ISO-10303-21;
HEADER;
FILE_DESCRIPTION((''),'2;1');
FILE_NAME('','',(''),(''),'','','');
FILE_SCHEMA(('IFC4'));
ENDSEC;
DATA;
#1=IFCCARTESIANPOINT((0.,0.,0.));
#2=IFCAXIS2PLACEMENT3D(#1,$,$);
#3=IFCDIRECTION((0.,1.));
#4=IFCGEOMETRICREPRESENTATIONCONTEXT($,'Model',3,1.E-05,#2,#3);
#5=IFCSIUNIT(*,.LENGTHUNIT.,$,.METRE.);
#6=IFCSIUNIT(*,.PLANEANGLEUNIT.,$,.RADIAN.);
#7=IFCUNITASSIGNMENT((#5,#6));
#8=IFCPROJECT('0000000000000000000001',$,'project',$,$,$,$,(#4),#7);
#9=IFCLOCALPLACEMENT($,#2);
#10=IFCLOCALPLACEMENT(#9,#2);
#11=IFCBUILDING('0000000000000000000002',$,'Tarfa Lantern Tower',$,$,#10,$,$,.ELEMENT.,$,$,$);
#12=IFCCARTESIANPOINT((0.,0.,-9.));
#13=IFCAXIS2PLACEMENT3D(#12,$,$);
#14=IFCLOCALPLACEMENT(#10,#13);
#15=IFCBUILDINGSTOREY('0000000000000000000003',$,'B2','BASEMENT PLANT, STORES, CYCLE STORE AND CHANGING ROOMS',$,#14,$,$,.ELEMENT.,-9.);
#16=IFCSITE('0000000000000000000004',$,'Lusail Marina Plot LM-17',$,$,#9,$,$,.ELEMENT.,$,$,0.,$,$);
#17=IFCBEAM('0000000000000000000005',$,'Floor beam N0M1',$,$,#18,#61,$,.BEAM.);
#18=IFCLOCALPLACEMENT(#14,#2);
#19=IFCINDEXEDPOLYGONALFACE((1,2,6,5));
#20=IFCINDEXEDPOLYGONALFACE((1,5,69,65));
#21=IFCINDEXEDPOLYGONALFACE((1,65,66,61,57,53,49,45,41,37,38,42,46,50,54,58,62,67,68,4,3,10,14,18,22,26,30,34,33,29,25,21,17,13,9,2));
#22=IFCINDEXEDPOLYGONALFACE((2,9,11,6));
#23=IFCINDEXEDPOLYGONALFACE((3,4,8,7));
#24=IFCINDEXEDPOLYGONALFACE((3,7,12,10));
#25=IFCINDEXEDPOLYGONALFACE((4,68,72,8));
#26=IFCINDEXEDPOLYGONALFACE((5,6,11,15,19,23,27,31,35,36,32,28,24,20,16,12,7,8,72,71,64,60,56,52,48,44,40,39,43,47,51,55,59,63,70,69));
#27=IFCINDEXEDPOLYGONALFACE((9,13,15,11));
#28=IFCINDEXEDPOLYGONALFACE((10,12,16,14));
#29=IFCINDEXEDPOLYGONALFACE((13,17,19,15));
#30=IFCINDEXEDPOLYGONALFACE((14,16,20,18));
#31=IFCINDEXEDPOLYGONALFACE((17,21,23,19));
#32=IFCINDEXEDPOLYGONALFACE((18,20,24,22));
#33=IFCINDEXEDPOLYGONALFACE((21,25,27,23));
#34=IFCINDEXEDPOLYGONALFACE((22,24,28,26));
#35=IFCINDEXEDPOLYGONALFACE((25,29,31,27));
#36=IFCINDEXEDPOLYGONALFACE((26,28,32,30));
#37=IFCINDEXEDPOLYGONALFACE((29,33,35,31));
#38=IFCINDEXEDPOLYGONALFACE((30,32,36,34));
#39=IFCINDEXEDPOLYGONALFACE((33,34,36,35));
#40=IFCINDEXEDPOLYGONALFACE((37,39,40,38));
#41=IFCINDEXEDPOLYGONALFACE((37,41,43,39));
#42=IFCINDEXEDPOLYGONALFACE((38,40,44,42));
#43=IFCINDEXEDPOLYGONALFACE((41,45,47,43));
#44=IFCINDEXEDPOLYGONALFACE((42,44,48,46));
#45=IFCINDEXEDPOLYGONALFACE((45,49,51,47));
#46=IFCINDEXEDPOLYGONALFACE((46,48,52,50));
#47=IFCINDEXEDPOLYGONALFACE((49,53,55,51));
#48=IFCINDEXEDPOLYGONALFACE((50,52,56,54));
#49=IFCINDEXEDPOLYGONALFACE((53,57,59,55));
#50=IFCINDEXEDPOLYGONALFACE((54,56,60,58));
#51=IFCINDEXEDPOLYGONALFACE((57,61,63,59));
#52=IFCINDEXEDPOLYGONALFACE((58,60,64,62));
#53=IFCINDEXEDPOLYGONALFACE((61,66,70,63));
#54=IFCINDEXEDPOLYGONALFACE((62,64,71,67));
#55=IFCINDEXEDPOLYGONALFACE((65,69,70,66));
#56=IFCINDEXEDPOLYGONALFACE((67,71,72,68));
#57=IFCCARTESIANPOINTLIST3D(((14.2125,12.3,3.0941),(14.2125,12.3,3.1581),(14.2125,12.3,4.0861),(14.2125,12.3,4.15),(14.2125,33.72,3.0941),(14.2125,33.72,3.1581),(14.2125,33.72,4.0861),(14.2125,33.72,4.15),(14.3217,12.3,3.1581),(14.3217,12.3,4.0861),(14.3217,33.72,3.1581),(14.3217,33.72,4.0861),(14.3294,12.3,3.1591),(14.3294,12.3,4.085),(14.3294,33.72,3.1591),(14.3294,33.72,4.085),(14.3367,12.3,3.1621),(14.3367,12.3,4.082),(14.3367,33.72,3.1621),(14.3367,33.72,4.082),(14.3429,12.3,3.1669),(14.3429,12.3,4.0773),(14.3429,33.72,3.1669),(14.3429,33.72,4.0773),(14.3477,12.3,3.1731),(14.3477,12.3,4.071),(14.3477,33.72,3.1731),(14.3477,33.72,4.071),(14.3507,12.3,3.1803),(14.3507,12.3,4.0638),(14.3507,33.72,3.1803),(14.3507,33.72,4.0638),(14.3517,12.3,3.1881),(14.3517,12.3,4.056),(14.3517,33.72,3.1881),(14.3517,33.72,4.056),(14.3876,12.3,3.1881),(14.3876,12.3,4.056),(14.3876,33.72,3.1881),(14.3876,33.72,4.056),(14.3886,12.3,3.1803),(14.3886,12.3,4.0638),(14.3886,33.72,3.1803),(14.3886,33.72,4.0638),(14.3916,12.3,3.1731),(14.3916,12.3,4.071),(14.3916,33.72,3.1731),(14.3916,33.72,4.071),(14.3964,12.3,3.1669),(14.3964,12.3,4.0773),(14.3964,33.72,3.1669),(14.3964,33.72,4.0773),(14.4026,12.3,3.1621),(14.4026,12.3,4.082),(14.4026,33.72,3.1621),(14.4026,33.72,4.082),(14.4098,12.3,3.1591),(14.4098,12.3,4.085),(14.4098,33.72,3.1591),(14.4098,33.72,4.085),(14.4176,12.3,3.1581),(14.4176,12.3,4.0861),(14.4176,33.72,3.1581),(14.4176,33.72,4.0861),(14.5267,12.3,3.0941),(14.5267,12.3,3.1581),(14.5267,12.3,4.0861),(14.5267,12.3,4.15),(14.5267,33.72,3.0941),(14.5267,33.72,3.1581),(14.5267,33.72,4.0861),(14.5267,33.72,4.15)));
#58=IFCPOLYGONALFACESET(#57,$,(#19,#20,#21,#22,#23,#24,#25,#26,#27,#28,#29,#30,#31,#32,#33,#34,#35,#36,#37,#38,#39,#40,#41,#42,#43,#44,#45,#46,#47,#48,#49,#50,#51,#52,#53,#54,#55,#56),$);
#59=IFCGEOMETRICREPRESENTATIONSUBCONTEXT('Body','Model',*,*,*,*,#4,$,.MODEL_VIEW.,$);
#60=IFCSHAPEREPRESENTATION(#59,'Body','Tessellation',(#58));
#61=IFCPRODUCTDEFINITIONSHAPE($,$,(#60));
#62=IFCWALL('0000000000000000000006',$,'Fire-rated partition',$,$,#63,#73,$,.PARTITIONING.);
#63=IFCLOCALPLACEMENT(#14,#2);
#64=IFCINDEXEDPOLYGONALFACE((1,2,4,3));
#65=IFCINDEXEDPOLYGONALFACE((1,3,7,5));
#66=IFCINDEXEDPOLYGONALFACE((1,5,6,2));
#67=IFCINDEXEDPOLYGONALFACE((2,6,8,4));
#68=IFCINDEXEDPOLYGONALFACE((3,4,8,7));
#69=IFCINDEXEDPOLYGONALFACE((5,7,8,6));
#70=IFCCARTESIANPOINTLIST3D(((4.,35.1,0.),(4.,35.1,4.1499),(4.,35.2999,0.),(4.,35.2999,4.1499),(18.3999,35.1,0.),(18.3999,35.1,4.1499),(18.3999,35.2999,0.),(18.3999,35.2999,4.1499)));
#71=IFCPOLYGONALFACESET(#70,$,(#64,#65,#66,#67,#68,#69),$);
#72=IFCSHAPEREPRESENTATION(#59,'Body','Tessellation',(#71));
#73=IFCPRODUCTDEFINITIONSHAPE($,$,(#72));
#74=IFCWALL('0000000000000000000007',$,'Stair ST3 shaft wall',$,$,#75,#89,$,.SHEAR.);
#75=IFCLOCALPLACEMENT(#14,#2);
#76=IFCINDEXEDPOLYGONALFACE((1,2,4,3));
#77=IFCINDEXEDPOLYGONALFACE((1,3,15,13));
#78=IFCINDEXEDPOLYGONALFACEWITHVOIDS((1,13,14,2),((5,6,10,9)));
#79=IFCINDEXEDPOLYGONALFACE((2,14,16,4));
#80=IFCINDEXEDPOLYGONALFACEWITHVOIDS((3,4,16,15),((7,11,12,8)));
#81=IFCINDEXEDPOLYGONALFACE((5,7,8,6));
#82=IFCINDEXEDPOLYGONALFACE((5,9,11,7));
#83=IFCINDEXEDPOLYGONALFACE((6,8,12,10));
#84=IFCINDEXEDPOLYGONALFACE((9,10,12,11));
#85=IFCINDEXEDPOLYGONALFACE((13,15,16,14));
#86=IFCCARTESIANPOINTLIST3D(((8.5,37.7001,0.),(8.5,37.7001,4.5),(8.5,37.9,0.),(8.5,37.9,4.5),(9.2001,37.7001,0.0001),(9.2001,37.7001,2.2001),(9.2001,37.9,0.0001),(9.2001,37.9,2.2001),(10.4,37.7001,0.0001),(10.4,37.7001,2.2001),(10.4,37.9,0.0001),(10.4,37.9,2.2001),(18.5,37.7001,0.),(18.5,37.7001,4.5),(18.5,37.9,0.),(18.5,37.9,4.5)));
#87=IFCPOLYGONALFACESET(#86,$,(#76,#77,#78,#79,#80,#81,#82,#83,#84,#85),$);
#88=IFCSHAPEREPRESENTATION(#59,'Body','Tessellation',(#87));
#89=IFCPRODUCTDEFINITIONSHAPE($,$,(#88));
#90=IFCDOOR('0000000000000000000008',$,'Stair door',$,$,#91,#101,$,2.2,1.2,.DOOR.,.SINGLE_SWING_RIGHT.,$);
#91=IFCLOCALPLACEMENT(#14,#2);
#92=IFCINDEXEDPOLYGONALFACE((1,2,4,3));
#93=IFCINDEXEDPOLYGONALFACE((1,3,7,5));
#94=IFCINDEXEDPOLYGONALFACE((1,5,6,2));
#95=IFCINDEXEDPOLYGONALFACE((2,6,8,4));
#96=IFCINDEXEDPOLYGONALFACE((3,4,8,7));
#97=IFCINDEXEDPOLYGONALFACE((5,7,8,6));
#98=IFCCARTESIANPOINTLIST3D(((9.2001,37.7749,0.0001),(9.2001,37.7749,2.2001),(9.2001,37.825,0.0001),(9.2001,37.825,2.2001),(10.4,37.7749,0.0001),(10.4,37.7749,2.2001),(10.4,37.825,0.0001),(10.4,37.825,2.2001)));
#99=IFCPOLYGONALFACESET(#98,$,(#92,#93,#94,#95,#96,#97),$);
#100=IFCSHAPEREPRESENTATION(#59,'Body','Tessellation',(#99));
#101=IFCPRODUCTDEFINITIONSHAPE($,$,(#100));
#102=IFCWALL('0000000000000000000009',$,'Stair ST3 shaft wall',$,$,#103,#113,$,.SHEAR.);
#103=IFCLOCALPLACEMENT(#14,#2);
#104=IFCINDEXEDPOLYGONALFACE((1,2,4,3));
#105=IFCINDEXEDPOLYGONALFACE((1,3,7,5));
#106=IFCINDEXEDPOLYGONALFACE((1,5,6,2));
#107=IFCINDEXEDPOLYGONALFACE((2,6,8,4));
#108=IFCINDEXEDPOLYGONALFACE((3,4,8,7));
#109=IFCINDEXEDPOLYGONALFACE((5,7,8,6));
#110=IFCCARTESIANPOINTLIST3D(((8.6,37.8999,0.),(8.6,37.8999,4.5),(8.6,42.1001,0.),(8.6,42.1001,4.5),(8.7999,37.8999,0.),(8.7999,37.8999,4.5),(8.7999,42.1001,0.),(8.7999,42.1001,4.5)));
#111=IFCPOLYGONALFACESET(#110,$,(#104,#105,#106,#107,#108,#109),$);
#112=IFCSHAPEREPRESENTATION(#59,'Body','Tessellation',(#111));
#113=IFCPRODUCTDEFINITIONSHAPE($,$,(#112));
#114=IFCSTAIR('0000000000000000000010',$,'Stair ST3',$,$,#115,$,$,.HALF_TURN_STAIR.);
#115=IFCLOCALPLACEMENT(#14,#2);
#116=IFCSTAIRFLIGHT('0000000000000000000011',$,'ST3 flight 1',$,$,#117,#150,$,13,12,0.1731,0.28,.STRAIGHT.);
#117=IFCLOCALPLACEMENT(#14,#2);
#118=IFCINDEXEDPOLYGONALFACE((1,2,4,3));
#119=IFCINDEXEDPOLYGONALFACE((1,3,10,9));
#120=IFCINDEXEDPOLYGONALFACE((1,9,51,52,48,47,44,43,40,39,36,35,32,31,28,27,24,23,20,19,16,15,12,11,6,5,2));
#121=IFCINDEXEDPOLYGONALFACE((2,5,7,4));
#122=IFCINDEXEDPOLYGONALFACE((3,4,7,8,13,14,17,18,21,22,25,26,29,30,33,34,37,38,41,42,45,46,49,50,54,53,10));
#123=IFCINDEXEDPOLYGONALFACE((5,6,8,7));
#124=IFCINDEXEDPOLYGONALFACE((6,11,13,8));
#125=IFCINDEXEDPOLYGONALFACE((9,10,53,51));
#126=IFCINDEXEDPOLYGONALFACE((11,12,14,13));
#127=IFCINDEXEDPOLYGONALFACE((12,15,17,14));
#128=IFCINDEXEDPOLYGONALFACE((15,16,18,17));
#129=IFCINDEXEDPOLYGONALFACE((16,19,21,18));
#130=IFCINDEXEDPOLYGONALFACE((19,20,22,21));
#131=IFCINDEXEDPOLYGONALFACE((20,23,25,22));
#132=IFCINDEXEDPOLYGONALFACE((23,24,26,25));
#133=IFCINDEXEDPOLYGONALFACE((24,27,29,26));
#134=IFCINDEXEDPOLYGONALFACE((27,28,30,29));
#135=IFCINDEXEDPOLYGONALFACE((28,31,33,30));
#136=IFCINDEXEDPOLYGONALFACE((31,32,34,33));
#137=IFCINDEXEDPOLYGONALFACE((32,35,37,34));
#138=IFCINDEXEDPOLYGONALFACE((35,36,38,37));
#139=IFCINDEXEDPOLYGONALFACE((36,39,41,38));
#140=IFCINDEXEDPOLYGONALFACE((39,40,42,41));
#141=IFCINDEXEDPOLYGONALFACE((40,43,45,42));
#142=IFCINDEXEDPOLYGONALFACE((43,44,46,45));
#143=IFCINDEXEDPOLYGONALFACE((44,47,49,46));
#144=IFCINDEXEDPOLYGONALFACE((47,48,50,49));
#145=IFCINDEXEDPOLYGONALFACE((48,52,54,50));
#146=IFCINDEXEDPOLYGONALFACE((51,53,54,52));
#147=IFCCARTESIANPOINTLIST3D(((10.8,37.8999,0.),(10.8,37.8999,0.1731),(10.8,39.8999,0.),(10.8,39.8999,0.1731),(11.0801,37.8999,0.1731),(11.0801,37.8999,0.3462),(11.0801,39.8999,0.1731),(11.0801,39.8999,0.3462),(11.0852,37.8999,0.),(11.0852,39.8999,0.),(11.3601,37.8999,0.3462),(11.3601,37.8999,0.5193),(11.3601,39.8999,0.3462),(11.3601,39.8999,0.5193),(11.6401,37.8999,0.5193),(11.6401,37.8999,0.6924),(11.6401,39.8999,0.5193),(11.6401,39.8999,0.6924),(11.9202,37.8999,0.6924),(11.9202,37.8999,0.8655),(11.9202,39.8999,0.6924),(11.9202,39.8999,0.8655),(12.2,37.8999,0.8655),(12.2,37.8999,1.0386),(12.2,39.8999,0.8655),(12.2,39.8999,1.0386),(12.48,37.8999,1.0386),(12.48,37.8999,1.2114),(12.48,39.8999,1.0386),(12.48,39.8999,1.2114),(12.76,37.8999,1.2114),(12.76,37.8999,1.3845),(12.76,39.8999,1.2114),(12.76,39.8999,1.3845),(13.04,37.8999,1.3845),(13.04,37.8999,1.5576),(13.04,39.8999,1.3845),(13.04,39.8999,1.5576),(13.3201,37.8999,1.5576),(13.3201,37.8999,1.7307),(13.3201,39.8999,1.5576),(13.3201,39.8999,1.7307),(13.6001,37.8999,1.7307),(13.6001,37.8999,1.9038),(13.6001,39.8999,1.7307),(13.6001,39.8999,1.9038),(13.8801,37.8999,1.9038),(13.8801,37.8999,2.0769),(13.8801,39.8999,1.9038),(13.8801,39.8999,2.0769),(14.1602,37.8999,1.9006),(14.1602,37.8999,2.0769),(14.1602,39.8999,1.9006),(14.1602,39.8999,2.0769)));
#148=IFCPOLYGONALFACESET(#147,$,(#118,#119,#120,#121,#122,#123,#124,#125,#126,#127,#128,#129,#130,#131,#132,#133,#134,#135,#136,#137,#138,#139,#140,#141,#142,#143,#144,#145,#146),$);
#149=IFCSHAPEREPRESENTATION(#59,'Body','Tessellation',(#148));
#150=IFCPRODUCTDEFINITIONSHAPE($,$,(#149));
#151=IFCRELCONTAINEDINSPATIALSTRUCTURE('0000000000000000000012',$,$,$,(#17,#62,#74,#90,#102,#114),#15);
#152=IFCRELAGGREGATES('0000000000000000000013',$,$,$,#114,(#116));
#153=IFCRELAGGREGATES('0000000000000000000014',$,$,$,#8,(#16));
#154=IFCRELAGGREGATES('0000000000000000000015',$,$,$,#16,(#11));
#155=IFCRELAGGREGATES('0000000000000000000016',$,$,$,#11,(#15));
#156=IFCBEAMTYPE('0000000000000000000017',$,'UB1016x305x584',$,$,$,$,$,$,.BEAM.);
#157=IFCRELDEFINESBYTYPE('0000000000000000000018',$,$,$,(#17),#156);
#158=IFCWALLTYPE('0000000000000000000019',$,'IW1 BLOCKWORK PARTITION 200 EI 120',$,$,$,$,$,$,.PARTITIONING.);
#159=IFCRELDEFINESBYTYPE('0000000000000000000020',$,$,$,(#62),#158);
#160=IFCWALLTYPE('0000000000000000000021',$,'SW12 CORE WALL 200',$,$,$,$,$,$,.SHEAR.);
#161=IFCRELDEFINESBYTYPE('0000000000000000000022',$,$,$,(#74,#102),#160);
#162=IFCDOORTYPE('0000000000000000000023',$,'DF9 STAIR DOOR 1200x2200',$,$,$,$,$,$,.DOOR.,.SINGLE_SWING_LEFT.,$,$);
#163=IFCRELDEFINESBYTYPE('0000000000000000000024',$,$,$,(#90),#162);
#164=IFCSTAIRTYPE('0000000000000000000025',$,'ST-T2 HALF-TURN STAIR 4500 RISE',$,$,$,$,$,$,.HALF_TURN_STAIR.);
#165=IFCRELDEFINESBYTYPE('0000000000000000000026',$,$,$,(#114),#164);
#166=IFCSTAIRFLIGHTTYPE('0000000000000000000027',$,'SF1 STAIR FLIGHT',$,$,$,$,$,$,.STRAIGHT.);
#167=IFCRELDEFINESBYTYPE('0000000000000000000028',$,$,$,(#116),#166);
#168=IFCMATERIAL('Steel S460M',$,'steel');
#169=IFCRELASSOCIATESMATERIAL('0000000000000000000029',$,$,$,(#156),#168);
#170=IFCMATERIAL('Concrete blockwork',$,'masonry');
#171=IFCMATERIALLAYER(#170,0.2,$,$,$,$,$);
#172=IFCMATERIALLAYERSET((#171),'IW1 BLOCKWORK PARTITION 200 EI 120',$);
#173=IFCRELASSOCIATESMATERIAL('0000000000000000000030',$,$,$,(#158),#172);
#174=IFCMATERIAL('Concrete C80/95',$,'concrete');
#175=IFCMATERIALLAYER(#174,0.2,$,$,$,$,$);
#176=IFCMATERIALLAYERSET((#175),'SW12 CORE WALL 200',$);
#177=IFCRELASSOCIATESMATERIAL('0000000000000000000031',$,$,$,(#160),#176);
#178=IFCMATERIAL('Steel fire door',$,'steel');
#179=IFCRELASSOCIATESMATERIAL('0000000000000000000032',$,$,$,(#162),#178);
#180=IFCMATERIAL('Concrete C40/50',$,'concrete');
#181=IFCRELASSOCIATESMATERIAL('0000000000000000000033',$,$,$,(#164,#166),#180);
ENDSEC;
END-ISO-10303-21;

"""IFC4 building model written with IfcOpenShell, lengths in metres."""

from ifc_helpers import new_model, si_unit, direction, frame, frame_2d, origin, origin_2d, place, context, subcontext, project, spatial, polyline, rectangle, i_section, outline, extrude, material, layer, layer_set, material_profile, profile_set, type_object, element, fill, aggregate, save


model = new_model("IFC4")

# Units and contexts
model_context = context("Model", 3, precision=1e-05, world=origin(), true_north=direction((0.0, 1.0)))
body_context = subcontext(model_context, "Body", "Model", "MODEL_VIEW")
ifc_project = project(units=[si_unit("LENGTHUNIT", "METRE"), si_unit("PLANEANGLEUNIT", "RADIAN")], contexts=[model_context])

# Site, building, storey
site_placement = place(None, origin())
site = spatial("IfcSite", under=ifc_project, at=site_placement, Name="Lusail Marina Plot LM-17", CompositionType="ELEMENT", RefElevation=0.0)
building_placement = place(site_placement, origin())
building = spatial("IfcBuilding", under=site, at=building_placement, Name="Tarfa Lantern Tower", CompositionType="ELEMENT")
storey_placement = place(building_placement, frame((0.0, 0.0, -9.0)))
storey = spatial("IfcBuildingStorey", under=building, at=storey_placement, Name="B2", Description="BASEMENT PLANT, STORES, CYCLE STORE AND CHANGING ROOMS", CompositionType="ELEMENT", Elevation=-9.0)

# Shared definitions
ifc_material_1 = material(Name="Concrete C40/50", Category="concrete")

# Shared definitions
ifc_material_2 = material(Name="Concrete C80/95", Category="concrete")

# Beam
ifc_material_3 = material(Name="Steel S460M", Category="steel")
ifc_material_profile_1 = material_profile(ifc_material_3, i_section(OverallWidth=0.3142, OverallDepth=1.0559, WebThickness=0.0359, FlangeThickness=0.064, FilletRadius=0.03, at=origin_2d()), Name="UB1016x305x584")
ifc_profile_set_1 = profile_set([ifc_material_profile_1], Name="Steel S460M")
beam_type_1 = type_object("IfcBeamType", Name="UB1016x305x584", PredefinedType="BEAM", material=ifc_profile_set_1)
for number, where, z_axis, x_axis, name in (
    (1, (14.3696, 33.72, 3.6221), (0.0, -1.0, 0.0), (1.0, 0.0, 0.0), "Floor beam N0M1"),
):
    element("IfcBeam", number, at=place(storey_placement, frame(where, z_axis=z_axis, x_axis=x_axis)), inside=storey, type_object=beam_type_1, Name=name, PredefinedType="BEAM", context=body_context, shape_type="SweptSolid", body=[
        extrude(i_section(OverallWidth=0.3142, OverallDepth=1.0559, WebThickness=0.0359, FlangeThickness=0.064, FilletRadius=0.03, at=origin_2d()), origin(), (0.0, 0.0, 1.0), 21.4199),
    ])

# Wall
ifc_material_4 = material(Name="Concrete blockwork", Category="masonry")
ifc_layer_1 = layer(ifc_material_4, 0.2)
ifc_layer_set_1 = layer_set([ifc_layer_1], Name="IW1 BLOCKWORK PARTITION 200 EI 120")
wall_type_1 = type_object("IfcWallType", Name="IW1 BLOCKWORK PARTITION 200 EI 120", PredefinedType="PARTITIONING", material=ifc_layer_set_1)
wall_1_placement = place(storey_placement, frame((4.0, 35.2, 0.0), z_axis=(0.0, 0.0, 1.0), x_axis=(1.0, 0.0, 0.0)))
element("IfcWall", 2, at=wall_1_placement, inside=storey, type_object=wall_type_1, Name="Fire-rated partition", PredefinedType="PARTITIONING", context=body_context, shape_type="SweptSolid", body=[
    extrude(rectangle(XDim=14.3999, YDim=0.2, at=frame_2d((7.2, 0.0))), origin(), (0.0, 0.0, 1.0), 4.1499),
])

# Wall, opening, door
ifc_layer_2 = layer(ifc_material_2, 0.2)
ifc_layer_set_2 = layer_set([ifc_layer_2], Name="SW12 CORE WALL 200")
wall_type_2 = type_object("IfcWallType", Name="SW12 CORE WALL 200", PredefinedType="SHEAR", material=ifc_layer_set_2)
wall_2_placement = place(storey_placement, frame((8.5, 37.8, 0.0), z_axis=(0.0, 0.0, 1.0), x_axis=(1.0, 0.0, 0.0)))
wall_2 = element("IfcWall", 3, at=wall_2_placement, inside=storey, type_object=wall_type_2, Name="Stair ST3 shaft wall", PredefinedType="SHEAR", context=body_context, shape_type="SweptSolid", body=[
    extrude(rectangle(XDim=10.0, YDim=0.2, at=frame_2d((5.0, 0.0))), origin(), (0.0, 0.0, 1.0), 4.5),
])
opening_placement = place(wall_2_placement, frame((0.7, 0.0, 0.0)))
opening = element("IfcOpeningElement", 4, at=opening_placement, cuts=wall_2, PredefinedType="OPENING", context=body_context, shape_type="SweptSolid", body=[
    extrude(rectangle(XDim=1.2, YDim=2.2, at=frame_2d((0.6001, 1.1001))), frame((0.0, 0.1099, 0.0), z_axis=(0.0, -1.0, 0.0), x_axis=(1.0, 0.0, 0.0)), (0.0, 0.0, 1.0), 0.22),
])
ifc_material_5 = material(Name="Steel fire door", Category="steel")
door_type = type_object("IfcDoorType", Name="DF9 STAIR DOOR 1200x2200", OperationType="SINGLE_SWING_LEFT", PredefinedType="DOOR", material=ifc_material_5)
door_placement = place(opening_placement, origin())
door = element("IfcDoor", 5, at=door_placement, inside=storey, type_object=door_type, Name="Stair door", OperationType="SINGLE_SWING_RIGHT", OverallHeight=2.2, OverallWidth=1.2, PredefinedType="DOOR", context=body_context, shape_type="SweptSolid", body=[
    extrude(rectangle(XDim=1.2, YDim=2.2, at=frame_2d((0.6001, 1.1001))), frame((0.0, 0.0249, 0.0), z_axis=(0.0, -1.0, 0.0), x_axis=(1.0, 0.0, 0.0)), (0.0, 0.0, 1.0), 0.05),
])
fill(opening, door)

# Wall
wall_3_placement = place(storey_placement, frame((8.7, 42.1001, 0.0), z_axis=(0.0, 0.0, 1.0), x_axis=(0.0, -1.0, 0.0)))
element("IfcWall", 6, at=wall_3_placement, inside=storey, type_object=wall_type_2, Name="Stair ST3 shaft wall", PredefinedType="SHEAR", context=body_context, shape_type="SweptSolid", body=[
    extrude(rectangle(XDim=4.2002, YDim=0.2, at=frame_2d((2.1001, 0.0))), origin(), (0.0, 0.0, 1.0), 4.5),
])

# Stair, stair flight
stair_type = type_object("IfcStairType", Name="ST-T2 HALF-TURN STAIR 4500 RISE", PredefinedType="HALF_TURN_STAIR", material=ifc_material_1)
stair_placement = place(storey_placement, origin())
stair = element("IfcStair", 7, at=stair_placement, inside=storey, type_object=stair_type, Name="Stair ST3", PredefinedType="HALF_TURN_STAIR")
stair_flight_type = type_object("IfcStairFlightType", Name="SF1 STAIR FLIGHT", PredefinedType="STRAIGHT", material=ifc_material_1)
stair_flight_1_placement = place(storey_placement, frame((10.8, 38.8999, 0.0), z_axis=(0.0, 0.0, 1.0), x_axis=(1.0, 0.0, 0.0)))
stair_flight_1 = element("IfcStairFlight", 8, at=stair_flight_1_placement, type_object=stair_flight_type, Name="ST3 flight 1", NumberOfRisers=13, NumberOfTreads=12, PredefinedType="STRAIGHT", RiserHeight=0.1731, TreadLength=0.28, context=body_context, shape_type="SweptSolid", body=[
    extrude(outline(polyline([(0.0, 0.0), (0.0, 0.1731), (0.28, 0.1731), (0.28, 0.3462), (0.5601, 0.3462), (0.5601, 0.5193), (0.8401, 0.5193), (0.8401, 0.6924), (1.1201, 0.6924), (1.1201, 0.8655), (1.3999, 0.8655), (1.3999, 1.0386), (1.6799, 1.0386), (1.6799, 1.2114), (1.96, 1.2114), (1.96, 1.3845), (2.24, 1.3845), (2.24, 1.5576), (2.52, 1.5576), (2.52, 1.7307), (2.8, 1.7307), (2.8, 1.9038), (3.0801, 1.9038), (3.0801, 2.0769), (3.3601, 2.0769), (3.3601, 2.25), (3.3601, 1.9006), (0.2852, 0.0), (0.0, 0.0)])), frame((0.0, 1.0, 0.0), z_axis=(0.0, -1.0, 0.0), x_axis=(1.0, 0.0, 0.0)), (0.0, 0.0, 1.0), 2.0),
])
aggregate(stair, [stair_flight_1])

save(model, "model.ifc")
